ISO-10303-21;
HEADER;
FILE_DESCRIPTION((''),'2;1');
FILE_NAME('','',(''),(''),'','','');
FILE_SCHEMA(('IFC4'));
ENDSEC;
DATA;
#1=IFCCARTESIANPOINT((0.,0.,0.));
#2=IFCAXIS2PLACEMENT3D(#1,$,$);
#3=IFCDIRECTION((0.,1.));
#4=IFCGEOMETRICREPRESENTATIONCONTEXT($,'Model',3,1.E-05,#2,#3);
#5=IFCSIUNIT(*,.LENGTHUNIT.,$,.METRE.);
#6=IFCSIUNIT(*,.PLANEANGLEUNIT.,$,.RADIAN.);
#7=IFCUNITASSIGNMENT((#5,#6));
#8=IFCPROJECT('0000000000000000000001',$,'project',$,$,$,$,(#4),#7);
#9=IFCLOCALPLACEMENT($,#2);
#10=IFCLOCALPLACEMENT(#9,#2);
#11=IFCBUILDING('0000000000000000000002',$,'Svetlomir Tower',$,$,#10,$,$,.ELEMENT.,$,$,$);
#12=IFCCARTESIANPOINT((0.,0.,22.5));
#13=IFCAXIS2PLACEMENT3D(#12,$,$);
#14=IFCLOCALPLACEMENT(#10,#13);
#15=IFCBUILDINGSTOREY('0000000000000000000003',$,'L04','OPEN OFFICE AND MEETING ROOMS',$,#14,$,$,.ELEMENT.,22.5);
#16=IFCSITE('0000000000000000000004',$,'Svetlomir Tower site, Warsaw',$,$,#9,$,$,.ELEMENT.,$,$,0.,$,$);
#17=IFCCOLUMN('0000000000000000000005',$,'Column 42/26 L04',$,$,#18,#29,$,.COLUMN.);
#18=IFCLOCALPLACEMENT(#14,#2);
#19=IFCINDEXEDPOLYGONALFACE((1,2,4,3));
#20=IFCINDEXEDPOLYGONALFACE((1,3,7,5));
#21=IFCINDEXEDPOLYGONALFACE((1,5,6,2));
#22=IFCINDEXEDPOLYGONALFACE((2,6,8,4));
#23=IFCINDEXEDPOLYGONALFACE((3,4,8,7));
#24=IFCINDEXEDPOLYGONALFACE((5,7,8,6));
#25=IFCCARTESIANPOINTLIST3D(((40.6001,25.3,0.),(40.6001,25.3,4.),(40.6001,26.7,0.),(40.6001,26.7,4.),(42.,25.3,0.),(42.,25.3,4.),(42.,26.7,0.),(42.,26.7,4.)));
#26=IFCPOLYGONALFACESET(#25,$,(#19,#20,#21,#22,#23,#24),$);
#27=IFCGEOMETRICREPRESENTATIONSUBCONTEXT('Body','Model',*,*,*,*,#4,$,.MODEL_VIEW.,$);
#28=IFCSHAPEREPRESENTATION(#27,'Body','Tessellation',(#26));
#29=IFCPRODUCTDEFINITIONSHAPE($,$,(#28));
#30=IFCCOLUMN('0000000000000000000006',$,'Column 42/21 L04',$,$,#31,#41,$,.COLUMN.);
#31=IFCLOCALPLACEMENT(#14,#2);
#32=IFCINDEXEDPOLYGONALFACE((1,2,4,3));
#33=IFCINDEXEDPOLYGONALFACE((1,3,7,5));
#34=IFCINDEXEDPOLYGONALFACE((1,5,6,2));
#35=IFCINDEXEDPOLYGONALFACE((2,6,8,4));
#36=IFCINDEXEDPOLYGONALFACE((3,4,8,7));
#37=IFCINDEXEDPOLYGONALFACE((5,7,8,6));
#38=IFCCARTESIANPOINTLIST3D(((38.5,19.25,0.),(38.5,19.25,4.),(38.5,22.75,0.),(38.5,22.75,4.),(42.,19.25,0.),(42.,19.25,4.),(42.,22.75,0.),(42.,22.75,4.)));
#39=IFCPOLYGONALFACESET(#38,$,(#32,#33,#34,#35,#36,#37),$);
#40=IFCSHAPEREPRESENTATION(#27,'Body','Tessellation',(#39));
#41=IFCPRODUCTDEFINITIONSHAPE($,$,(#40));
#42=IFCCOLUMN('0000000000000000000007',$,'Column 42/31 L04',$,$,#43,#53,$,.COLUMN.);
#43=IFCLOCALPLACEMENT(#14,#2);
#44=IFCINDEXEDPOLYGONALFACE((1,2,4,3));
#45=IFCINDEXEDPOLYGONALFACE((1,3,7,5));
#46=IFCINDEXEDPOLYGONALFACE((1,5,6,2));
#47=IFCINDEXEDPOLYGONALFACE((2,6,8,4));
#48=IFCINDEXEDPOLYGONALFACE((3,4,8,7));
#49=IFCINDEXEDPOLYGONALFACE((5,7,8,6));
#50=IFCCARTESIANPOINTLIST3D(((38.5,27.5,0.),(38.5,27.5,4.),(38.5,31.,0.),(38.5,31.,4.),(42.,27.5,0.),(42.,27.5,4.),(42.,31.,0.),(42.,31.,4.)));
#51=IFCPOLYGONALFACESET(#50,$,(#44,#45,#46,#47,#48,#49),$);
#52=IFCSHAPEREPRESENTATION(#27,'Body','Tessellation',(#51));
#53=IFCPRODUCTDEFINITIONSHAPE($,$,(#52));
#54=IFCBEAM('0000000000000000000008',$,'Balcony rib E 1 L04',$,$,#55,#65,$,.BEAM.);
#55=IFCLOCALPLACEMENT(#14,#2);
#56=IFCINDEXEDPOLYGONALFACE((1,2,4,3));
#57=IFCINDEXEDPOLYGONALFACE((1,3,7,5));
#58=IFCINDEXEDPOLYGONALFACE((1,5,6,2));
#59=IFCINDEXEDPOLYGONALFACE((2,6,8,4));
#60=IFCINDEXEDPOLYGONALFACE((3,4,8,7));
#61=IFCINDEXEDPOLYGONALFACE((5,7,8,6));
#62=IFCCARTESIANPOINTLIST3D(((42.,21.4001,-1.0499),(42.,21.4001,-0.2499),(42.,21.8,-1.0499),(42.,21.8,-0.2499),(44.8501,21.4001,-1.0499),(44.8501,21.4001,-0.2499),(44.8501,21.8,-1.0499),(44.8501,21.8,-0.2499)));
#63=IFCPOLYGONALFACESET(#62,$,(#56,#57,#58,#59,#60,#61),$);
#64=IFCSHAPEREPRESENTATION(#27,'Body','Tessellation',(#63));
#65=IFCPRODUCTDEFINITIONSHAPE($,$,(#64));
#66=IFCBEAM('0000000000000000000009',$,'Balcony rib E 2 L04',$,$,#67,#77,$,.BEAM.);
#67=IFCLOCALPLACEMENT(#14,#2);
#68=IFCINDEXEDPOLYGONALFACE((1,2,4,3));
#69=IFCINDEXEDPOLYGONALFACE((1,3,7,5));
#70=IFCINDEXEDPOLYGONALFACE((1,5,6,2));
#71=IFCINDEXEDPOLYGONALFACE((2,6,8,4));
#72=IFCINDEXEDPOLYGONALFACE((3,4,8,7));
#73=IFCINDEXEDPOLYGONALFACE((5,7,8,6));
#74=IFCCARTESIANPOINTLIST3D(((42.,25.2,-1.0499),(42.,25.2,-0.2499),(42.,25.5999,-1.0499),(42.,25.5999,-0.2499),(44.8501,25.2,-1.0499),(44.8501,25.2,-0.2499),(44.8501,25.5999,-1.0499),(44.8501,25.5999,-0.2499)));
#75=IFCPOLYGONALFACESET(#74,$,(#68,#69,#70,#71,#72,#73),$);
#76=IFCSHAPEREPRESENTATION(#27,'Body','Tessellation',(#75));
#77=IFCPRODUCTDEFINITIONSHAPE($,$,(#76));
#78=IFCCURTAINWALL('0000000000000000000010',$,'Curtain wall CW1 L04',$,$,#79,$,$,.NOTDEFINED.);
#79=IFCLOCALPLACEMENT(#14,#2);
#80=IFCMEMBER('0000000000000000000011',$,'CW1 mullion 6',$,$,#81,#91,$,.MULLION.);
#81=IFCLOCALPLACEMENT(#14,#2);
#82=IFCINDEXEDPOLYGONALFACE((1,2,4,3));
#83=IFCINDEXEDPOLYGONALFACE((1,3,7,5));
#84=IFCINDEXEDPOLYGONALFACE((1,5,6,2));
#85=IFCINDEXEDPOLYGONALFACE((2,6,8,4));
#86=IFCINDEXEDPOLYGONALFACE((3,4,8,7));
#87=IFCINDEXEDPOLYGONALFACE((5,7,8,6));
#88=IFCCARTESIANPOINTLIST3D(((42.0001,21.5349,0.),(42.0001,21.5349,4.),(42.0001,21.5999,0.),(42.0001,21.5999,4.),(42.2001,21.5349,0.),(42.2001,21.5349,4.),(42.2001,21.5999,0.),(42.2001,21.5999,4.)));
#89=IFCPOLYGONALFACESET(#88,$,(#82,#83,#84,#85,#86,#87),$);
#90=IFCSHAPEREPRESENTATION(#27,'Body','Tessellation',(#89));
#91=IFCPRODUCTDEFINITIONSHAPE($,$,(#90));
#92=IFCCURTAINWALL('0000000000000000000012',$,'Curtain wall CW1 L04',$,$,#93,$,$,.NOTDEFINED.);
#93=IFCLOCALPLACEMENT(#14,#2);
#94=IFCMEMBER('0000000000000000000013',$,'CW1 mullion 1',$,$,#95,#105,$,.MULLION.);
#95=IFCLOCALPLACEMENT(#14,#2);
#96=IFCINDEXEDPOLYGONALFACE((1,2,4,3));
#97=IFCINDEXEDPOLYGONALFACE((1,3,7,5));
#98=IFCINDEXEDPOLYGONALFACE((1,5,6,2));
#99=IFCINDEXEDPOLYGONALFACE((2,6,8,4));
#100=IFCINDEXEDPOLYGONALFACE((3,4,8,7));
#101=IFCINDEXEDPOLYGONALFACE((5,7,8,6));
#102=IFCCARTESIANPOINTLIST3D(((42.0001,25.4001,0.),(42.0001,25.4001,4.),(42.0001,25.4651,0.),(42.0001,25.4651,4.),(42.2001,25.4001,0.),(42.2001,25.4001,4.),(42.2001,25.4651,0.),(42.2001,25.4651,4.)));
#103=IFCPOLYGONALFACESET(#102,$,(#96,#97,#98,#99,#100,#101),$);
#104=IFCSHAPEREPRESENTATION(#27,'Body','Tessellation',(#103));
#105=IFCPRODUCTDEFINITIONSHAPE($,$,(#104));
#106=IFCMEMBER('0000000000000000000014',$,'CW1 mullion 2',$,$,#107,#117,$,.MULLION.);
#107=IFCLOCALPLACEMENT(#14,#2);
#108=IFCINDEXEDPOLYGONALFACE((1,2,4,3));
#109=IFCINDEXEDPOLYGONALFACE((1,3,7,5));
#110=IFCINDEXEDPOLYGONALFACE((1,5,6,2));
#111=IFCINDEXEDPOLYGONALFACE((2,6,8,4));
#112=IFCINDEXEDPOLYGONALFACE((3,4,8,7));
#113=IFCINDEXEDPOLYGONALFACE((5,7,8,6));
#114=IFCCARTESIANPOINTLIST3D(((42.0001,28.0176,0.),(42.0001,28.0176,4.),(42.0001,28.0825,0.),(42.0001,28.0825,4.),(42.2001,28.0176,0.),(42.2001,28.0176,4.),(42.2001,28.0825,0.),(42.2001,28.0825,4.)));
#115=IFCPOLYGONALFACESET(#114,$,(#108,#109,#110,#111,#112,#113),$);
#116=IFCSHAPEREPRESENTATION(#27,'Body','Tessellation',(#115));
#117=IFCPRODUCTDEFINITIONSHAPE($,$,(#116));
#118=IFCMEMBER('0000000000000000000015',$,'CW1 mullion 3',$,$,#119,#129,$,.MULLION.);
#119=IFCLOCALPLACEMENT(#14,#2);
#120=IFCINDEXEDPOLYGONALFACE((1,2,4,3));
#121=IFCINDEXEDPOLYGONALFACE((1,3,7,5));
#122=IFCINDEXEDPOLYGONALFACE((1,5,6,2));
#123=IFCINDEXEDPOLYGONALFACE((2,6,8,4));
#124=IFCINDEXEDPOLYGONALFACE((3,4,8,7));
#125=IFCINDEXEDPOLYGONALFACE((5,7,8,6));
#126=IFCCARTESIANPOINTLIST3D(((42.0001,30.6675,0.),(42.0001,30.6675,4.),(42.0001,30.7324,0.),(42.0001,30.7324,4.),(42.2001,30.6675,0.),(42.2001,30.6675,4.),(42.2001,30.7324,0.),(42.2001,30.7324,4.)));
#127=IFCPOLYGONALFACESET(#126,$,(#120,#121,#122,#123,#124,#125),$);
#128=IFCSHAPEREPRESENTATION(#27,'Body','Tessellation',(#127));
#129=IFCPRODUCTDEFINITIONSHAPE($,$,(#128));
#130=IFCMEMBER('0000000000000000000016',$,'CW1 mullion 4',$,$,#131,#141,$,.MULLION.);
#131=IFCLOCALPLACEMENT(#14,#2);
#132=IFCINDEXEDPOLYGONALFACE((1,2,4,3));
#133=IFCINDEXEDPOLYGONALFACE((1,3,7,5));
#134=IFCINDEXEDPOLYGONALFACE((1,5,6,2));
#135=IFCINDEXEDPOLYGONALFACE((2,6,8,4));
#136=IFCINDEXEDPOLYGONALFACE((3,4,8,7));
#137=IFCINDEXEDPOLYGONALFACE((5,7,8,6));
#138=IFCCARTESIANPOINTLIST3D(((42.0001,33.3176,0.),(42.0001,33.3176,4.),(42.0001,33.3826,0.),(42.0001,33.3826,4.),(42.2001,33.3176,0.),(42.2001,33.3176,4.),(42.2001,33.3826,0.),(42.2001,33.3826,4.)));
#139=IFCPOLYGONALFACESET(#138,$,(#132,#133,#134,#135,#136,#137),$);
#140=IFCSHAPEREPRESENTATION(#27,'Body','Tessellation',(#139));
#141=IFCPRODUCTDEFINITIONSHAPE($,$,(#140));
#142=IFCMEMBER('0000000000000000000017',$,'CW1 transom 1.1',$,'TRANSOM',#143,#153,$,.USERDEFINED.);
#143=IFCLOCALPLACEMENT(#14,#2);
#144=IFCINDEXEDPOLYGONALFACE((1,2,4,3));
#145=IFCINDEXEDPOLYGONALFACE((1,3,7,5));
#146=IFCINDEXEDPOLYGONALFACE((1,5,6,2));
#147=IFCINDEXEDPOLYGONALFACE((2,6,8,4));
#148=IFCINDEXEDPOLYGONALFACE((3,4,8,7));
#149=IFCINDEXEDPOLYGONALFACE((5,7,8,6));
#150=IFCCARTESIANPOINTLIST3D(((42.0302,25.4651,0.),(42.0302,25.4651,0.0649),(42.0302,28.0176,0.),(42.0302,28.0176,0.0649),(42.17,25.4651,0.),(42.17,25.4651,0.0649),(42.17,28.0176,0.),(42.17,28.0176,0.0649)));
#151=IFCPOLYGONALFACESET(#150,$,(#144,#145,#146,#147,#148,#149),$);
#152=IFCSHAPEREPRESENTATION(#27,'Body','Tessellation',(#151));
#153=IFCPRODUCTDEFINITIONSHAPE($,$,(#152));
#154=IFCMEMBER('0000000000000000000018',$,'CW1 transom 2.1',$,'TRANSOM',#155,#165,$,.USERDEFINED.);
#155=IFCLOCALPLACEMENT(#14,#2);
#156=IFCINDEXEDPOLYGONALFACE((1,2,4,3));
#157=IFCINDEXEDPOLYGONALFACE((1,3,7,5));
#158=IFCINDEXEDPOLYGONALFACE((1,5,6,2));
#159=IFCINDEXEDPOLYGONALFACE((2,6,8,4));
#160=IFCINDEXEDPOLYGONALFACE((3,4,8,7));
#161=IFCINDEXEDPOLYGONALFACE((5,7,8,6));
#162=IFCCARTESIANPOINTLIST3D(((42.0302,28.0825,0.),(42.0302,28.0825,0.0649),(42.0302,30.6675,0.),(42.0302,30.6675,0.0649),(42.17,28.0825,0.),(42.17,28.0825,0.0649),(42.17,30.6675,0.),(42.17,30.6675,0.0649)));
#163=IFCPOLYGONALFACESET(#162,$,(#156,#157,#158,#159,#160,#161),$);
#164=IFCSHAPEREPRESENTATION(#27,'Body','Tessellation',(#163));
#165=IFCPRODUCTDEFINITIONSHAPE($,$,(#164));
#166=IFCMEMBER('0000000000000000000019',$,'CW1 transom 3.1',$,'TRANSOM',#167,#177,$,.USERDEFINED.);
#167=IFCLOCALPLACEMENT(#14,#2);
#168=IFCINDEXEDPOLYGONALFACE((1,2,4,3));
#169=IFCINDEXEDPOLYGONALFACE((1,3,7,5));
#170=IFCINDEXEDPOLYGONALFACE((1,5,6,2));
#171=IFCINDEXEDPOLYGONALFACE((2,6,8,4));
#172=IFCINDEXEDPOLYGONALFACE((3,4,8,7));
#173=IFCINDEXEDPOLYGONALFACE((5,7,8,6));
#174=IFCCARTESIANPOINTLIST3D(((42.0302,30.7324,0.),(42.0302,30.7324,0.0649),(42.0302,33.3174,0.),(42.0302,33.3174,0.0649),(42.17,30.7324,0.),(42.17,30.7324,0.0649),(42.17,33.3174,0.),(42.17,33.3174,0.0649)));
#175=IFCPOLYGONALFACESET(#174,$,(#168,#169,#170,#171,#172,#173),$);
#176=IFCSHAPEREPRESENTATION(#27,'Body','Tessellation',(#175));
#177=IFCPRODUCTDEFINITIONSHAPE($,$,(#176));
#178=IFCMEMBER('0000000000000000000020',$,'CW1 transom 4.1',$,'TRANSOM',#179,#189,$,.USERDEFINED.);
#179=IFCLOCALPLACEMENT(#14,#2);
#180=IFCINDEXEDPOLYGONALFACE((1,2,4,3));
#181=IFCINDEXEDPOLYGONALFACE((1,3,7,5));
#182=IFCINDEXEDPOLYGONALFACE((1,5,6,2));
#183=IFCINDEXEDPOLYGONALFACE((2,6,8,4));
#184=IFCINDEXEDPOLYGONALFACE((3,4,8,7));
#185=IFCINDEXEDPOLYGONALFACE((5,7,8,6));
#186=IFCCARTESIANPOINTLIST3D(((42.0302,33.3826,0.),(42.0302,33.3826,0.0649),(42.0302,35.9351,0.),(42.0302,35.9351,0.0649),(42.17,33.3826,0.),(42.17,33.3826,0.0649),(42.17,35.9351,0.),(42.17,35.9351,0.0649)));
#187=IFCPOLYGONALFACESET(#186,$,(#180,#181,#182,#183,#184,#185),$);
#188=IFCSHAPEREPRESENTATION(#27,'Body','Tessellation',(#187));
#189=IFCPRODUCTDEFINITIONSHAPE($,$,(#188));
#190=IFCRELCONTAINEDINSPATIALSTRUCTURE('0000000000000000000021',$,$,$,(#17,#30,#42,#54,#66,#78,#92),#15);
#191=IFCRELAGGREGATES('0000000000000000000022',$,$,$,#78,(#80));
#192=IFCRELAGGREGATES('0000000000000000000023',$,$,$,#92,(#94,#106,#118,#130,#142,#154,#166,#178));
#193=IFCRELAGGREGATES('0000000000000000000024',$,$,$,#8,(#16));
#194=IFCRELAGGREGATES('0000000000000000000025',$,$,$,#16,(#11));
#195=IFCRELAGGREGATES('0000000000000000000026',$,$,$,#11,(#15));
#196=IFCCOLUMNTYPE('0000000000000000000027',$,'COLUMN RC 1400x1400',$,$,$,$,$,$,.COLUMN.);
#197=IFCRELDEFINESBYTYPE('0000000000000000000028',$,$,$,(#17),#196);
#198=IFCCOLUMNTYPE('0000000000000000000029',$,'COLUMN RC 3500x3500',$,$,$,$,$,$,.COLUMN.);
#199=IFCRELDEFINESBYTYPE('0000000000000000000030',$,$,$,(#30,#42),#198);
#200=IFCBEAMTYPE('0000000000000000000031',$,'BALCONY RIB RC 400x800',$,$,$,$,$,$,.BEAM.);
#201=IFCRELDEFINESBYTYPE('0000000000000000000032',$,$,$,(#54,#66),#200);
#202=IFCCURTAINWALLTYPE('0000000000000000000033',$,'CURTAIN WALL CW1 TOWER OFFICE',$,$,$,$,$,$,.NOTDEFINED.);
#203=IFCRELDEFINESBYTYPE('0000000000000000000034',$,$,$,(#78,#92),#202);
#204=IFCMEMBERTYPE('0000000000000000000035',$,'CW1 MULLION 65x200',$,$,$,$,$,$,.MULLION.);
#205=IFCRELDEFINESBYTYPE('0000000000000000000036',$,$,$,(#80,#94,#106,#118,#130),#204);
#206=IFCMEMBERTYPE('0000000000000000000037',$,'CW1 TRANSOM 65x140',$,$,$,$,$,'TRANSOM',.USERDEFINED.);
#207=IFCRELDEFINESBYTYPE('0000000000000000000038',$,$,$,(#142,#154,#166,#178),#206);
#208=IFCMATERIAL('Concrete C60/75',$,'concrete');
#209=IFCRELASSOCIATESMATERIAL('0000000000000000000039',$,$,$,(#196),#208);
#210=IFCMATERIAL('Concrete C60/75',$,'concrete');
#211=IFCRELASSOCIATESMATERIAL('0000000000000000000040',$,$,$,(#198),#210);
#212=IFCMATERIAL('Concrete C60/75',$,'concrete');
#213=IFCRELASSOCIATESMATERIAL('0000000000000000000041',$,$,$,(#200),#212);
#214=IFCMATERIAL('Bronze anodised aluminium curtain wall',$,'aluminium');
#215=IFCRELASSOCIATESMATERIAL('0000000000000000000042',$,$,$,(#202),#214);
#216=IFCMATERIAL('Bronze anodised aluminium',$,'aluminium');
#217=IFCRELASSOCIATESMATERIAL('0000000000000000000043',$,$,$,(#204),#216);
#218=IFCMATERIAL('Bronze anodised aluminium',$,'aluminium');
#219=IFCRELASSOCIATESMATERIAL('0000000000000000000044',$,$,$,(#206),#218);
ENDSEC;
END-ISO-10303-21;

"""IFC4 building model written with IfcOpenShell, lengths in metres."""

from ifc_helpers import new_model, si_unit, direction, frame, origin, origin_2d, place, context, subcontext, project, spatial, rectangle, extrude, material, material_profile, profile_set, type_object, element, aggregate, save


model = new_model("IFC4")

# Units and contexts
model_context = context("Model", 3, precision=1e-05, world=origin(), true_north=direction((0.0, 1.0)))
body_context = subcontext(model_context, "Body", "Model", "MODEL_VIEW")
ifc_project = project(units=[si_unit("LENGTHUNIT", "METRE"), si_unit("PLANEANGLEUNIT", "RADIAN")], contexts=[model_context])

# Site, building, storey
site_placement = place(None, origin())
site = spatial("IfcSite", under=ifc_project, at=site_placement, Name="Svetlomir Tower site, Warsaw", CompositionType="ELEMENT", RefElevation=0.0)
building_placement = place(site_placement, origin())
building = spatial("IfcBuilding", under=site, at=building_placement, Name="Svetlomir Tower", CompositionType="ELEMENT")
storey_placement = place(building_placement, frame((0.0, 0.0, 22.5)))
storey = spatial("IfcBuildingStorey", under=building, at=storey_placement, Name="L04", Description="OPEN OFFICE AND MEETING ROOMS", CompositionType="ELEMENT", Elevation=22.5)

# Columns
ifc_material_1 = material(Name="Concrete C60/75", Category="concrete")
ifc_material_profile_1 = material_profile(ifc_material_1, rectangle(XDim=1.3999, YDim=1.3999, at=origin_2d()), Name="RC 1400x1400")
ifc_profile_set_1 = profile_set([ifc_material_profile_1], Name="Concrete C60/75")
column_type_1 = type_object("IfcColumnType", Name="COLUMN RC 1400x1400", PredefinedType="COLUMN", material=ifc_profile_set_1)
column_placement = place(storey_placement, frame((41.3, 26.0, 0.0), z_axis=(0.0, 0.0, 1.0), x_axis=(1.0, 0.0, 0.0)))
element("IfcColumn", 1, at=column_placement, inside=storey, type_object=column_type_1, Name="Column 42/26 L04", PredefinedType="COLUMN", context=body_context, shape_type="SweptSolid", body=[
    extrude(rectangle(XDim=1.3999, YDim=1.3999, at=origin_2d()), origin(), (0.0, 0.0, 1.0), 4.0),
])
ifc_material_2 = material(Name="Concrete C60/75", Category="concrete")
ifc_material_profile_2 = material_profile(ifc_material_2, rectangle(XDim=3.5, YDim=3.5, at=origin_2d()), Name="RC 3500x3500")
ifc_profile_set_2 = profile_set([ifc_material_profile_2], Name="Concrete C60/75")
column_type_2 = type_object("IfcColumnType", Name="COLUMN RC 3500x3500", PredefinedType="COLUMN", material=ifc_profile_set_2)
for number, where, z_axis, x_axis, name in (
    (2, (40.25, 21.0, 0.0), (0.0, 0.0, 1.0), (1.0, 0.0, 0.0), "Column 42/21 L04"),
    (3, (40.25, 29.25, 0.0), (0.0, 0.0, 1.0), (1.0, 0.0, 0.0), "Column 42/31 L04"),
):
    element("IfcColumn", number, at=place(storey_placement, frame(where, z_axis=z_axis, x_axis=x_axis)), inside=storey, type_object=column_type_2, Name=name, PredefinedType="COLUMN", context=body_context, shape_type="SweptSolid", body=[
        extrude(rectangle(XDim=3.5, YDim=3.5, at=origin_2d()), origin(), (0.0, 0.0, 1.0), 4.0),
    ])

# Beams
ifc_material_3 = material(Name="Concrete C60/75", Category="concrete")
ifc_material_profile_3 = material_profile(ifc_material_3, rectangle(XDim=0.3999, YDim=0.8, at=origin_2d()), Name="RC 400x800")
ifc_profile_set_3 = profile_set([ifc_material_profile_3], Name="Concrete C60/75")
beam_type_1 = type_object("IfcBeamType", Name="BALCONY RIB RC 400x800", PredefinedType="BEAM", material=ifc_profile_set_3)
for number, where, z_axis, x_axis, name in (
    (4, (42.0, 21.6001, -0.6499), (1.0, 0.0, 0.0), (0.0, 1.0, 0.0), "Balcony rib E 1 L04"),
    (5, (42.0, 25.3999, -0.6499), (1.0, 0.0, 0.0), (0.0, 1.0, 0.0), "Balcony rib E 2 L04"),
):
    element("IfcBeam", number, at=place(storey_placement, frame(where, z_axis=z_axis, x_axis=x_axis)), inside=storey, type_object=beam_type_1, Name=name, PredefinedType="BEAM", context=body_context, shape_type="SweptSolid", body=[
        extrude(rectangle(XDim=0.3999, YDim=0.8, at=origin_2d()), origin(), (0.0, 0.0, 1.0), 2.8501),
    ])

# Curtain wall, member
ifc_material_4 = material(Name="Bronze anodised aluminium curtain wall", Category="aluminium")
curtain_wall_type = type_object("IfcCurtainWallType", Name="CURTAIN WALL CW1 TOWER OFFICE", PredefinedType="NOTDEFINED", material=ifc_material_4)
curtain_wall_1_placement = place(storey_placement, origin())
curtain_wall_1 = element("IfcCurtainWall", 6, at=curtain_wall_1_placement, inside=storey, type_object=curtain_wall_type, Name="Curtain wall CW1 L04", PredefinedType="NOTDEFINED")
ifc_material_5 = material(Name="Bronze anodised aluminium", Category="aluminium")
ifc_material_profile_4 = material_profile(ifc_material_5, rectangle(XDim=0.0649, YDim=0.2, at=origin_2d()), Name="AL 65x200")
ifc_profile_set_4 = profile_set([ifc_material_profile_4], Name="Bronze anodised aluminium 6063-T6")
member_type_1 = type_object("IfcMemberType", Name="CW1 MULLION 65x200", PredefinedType="MULLION", material=ifc_profile_set_4)
member_1_placement = place(storey_placement, frame((42.1001, 21.5674, 0.0), z_axis=(0.0, 0.0, 1.0), x_axis=(0.0, 1.0, 0.0)))
member_1 = element("IfcMember", 7, at=member_1_placement, type_object=member_type_1, Name="CW1 mullion 6", PredefinedType="MULLION", context=body_context, shape_type="SweptSolid", body=[
    extrude(rectangle(XDim=0.0649, YDim=0.2, at=origin_2d()), origin(), (0.0, 0.0, 1.0), 4.0),
])

# Curtain wall, members
curtain_wall_2_placement = place(storey_placement, origin())
curtain_wall_2 = element("IfcCurtainWall", 8, at=curtain_wall_2_placement, inside=storey, type_object=curtain_wall_type, Name="Curtain wall CW1 L04", PredefinedType="NOTDEFINED")
member_2_placement = place(storey_placement, frame((42.1001, 25.4326, 0.0), z_axis=(0.0, 0.0, 1.0), x_axis=(0.0, 1.0, 0.0)))
member_2 = element("IfcMember", 9, at=member_2_placement, type_object=member_type_1, Name="CW1 mullion 1", PredefinedType="MULLION", context=body_context, shape_type="SweptSolid", body=[
    extrude(rectangle(XDim=0.0649, YDim=0.2, at=origin_2d()), origin(), (0.0, 0.0, 1.0), 4.0),
])
member_3_placement = place(storey_placement, frame((42.1001, 28.05, 0.0), z_axis=(0.0, 0.0, 1.0), x_axis=(0.0, 1.0, 0.0)))
member_3 = element("IfcMember", 10, at=member_3_placement, type_object=member_type_1, Name="CW1 mullion 2", PredefinedType="MULLION", context=body_context, shape_type="SweptSolid", body=[
    extrude(rectangle(XDim=0.0649, YDim=0.2, at=origin_2d()), origin(), (0.0, 0.0, 1.0), 4.0),
])
member_4_placement = place(storey_placement, frame((42.1001, 30.7, 0.0), z_axis=(0.0, 0.0, 1.0), x_axis=(0.0, 1.0, 0.0)))
member_4 = element("IfcMember", 11, at=member_4_placement, type_object=member_type_1, Name="CW1 mullion 3", PredefinedType="MULLION", context=body_context, shape_type="SweptSolid", body=[
    extrude(rectangle(XDim=0.0649, YDim=0.2, at=origin_2d()), origin(), (0.0, 0.0, 1.0), 4.0),
])
member_5_placement = place(storey_placement, frame((42.1001, 33.3501, 0.0), z_axis=(0.0, 0.0, 1.0), x_axis=(0.0, 1.0, 0.0)))
member_5 = element("IfcMember", 12, at=member_5_placement, type_object=member_type_1, Name="CW1 mullion 4", PredefinedType="MULLION", context=body_context, shape_type="SweptSolid", body=[
    extrude(rectangle(XDim=0.0649, YDim=0.2, at=origin_2d()), origin(), (0.0, 0.0, 1.0), 4.0),
])
ifc_material_6 = material(Name="Bronze anodised aluminium", Category="aluminium")
ifc_material_profile_5 = material_profile(ifc_material_6, rectangle(XDim=0.1399, YDim=0.0649, at=origin_2d()), Name="AL 140x65")
ifc_profile_set_5 = profile_set([ifc_material_profile_5], Name="Bronze anodised aluminium 6063-T6")
member_type_2 = type_object("IfcMemberType", Name="CW1 TRANSOM 65x140", ElementType="TRANSOM", PredefinedType="USERDEFINED", material=ifc_profile_set_5)
member_6_placement = place(storey_placement, frame((42.1001, 25.4651, 0.0325), z_axis=(0.0, 1.0, 0.0), x_axis=(-1.0, 0.0, 0.0)))
member_6 = element("IfcMember", 13, at=member_6_placement, type_object=member_type_2, Name="CW1 transom 1.1", ObjectType="TRANSOM", PredefinedType="USERDEFINED", context=body_context, shape_type="SweptSolid", body=[
    extrude(rectangle(XDim=0.1399, YDim=0.0649, at=origin_2d()), origin(), (0.0, 0.0, 1.0), 2.5525),
])
member_7_placement = place(storey_placement, frame((42.1001, 28.0825, 0.0325), z_axis=(0.0, 1.0, 0.0), x_axis=(-1.0, 0.0, 0.0)))
member_7 = element("IfcMember", 14, at=member_7_placement, type_object=member_type_2, Name="CW1 transom 2.1", ObjectType="TRANSOM", PredefinedType="USERDEFINED", context=body_context, shape_type="SweptSolid", body=[
    extrude(rectangle(XDim=0.1399, YDim=0.0649, at=origin_2d()), origin(), (0.0, 0.0, 1.0), 2.585),
])
member_8_placement = place(storey_placement, frame((42.1001, 30.7324, 0.0325), z_axis=(0.0, 1.0, 0.0), x_axis=(-1.0, 0.0, 0.0)))
member_8 = element("IfcMember", 15, at=member_8_placement, type_object=member_type_2, Name="CW1 transom 3.1", ObjectType="TRANSOM", PredefinedType="USERDEFINED", context=body_context, shape_type="SweptSolid", body=[
    extrude(rectangle(XDim=0.1399, YDim=0.0649, at=origin_2d()), origin(), (0.0, 0.0, 1.0), 2.585),
])
member_9_placement = place(storey_placement, frame((42.1001, 33.3826, 0.0325), z_axis=(0.0, 1.0, 0.0), x_axis=(-1.0, 0.0, 0.0)))
member_9 = element("IfcMember", 16, at=member_9_placement, type_object=member_type_2, Name="CW1 transom 4.1", ObjectType="TRANSOM", PredefinedType="USERDEFINED", context=body_context, shape_type="SweptSolid", body=[
    extrude(rectangle(XDim=0.1399, YDim=0.0649, at=origin_2d()), origin(), (0.0, 0.0, 1.0), 2.5525),
])

aggregate(curtain_wall_1, [member_1])
aggregate(curtain_wall_2, [member_2, member_3, member_4, member_5, member_6, member_7, member_8, member_9])

save(model, "model.ifc")
